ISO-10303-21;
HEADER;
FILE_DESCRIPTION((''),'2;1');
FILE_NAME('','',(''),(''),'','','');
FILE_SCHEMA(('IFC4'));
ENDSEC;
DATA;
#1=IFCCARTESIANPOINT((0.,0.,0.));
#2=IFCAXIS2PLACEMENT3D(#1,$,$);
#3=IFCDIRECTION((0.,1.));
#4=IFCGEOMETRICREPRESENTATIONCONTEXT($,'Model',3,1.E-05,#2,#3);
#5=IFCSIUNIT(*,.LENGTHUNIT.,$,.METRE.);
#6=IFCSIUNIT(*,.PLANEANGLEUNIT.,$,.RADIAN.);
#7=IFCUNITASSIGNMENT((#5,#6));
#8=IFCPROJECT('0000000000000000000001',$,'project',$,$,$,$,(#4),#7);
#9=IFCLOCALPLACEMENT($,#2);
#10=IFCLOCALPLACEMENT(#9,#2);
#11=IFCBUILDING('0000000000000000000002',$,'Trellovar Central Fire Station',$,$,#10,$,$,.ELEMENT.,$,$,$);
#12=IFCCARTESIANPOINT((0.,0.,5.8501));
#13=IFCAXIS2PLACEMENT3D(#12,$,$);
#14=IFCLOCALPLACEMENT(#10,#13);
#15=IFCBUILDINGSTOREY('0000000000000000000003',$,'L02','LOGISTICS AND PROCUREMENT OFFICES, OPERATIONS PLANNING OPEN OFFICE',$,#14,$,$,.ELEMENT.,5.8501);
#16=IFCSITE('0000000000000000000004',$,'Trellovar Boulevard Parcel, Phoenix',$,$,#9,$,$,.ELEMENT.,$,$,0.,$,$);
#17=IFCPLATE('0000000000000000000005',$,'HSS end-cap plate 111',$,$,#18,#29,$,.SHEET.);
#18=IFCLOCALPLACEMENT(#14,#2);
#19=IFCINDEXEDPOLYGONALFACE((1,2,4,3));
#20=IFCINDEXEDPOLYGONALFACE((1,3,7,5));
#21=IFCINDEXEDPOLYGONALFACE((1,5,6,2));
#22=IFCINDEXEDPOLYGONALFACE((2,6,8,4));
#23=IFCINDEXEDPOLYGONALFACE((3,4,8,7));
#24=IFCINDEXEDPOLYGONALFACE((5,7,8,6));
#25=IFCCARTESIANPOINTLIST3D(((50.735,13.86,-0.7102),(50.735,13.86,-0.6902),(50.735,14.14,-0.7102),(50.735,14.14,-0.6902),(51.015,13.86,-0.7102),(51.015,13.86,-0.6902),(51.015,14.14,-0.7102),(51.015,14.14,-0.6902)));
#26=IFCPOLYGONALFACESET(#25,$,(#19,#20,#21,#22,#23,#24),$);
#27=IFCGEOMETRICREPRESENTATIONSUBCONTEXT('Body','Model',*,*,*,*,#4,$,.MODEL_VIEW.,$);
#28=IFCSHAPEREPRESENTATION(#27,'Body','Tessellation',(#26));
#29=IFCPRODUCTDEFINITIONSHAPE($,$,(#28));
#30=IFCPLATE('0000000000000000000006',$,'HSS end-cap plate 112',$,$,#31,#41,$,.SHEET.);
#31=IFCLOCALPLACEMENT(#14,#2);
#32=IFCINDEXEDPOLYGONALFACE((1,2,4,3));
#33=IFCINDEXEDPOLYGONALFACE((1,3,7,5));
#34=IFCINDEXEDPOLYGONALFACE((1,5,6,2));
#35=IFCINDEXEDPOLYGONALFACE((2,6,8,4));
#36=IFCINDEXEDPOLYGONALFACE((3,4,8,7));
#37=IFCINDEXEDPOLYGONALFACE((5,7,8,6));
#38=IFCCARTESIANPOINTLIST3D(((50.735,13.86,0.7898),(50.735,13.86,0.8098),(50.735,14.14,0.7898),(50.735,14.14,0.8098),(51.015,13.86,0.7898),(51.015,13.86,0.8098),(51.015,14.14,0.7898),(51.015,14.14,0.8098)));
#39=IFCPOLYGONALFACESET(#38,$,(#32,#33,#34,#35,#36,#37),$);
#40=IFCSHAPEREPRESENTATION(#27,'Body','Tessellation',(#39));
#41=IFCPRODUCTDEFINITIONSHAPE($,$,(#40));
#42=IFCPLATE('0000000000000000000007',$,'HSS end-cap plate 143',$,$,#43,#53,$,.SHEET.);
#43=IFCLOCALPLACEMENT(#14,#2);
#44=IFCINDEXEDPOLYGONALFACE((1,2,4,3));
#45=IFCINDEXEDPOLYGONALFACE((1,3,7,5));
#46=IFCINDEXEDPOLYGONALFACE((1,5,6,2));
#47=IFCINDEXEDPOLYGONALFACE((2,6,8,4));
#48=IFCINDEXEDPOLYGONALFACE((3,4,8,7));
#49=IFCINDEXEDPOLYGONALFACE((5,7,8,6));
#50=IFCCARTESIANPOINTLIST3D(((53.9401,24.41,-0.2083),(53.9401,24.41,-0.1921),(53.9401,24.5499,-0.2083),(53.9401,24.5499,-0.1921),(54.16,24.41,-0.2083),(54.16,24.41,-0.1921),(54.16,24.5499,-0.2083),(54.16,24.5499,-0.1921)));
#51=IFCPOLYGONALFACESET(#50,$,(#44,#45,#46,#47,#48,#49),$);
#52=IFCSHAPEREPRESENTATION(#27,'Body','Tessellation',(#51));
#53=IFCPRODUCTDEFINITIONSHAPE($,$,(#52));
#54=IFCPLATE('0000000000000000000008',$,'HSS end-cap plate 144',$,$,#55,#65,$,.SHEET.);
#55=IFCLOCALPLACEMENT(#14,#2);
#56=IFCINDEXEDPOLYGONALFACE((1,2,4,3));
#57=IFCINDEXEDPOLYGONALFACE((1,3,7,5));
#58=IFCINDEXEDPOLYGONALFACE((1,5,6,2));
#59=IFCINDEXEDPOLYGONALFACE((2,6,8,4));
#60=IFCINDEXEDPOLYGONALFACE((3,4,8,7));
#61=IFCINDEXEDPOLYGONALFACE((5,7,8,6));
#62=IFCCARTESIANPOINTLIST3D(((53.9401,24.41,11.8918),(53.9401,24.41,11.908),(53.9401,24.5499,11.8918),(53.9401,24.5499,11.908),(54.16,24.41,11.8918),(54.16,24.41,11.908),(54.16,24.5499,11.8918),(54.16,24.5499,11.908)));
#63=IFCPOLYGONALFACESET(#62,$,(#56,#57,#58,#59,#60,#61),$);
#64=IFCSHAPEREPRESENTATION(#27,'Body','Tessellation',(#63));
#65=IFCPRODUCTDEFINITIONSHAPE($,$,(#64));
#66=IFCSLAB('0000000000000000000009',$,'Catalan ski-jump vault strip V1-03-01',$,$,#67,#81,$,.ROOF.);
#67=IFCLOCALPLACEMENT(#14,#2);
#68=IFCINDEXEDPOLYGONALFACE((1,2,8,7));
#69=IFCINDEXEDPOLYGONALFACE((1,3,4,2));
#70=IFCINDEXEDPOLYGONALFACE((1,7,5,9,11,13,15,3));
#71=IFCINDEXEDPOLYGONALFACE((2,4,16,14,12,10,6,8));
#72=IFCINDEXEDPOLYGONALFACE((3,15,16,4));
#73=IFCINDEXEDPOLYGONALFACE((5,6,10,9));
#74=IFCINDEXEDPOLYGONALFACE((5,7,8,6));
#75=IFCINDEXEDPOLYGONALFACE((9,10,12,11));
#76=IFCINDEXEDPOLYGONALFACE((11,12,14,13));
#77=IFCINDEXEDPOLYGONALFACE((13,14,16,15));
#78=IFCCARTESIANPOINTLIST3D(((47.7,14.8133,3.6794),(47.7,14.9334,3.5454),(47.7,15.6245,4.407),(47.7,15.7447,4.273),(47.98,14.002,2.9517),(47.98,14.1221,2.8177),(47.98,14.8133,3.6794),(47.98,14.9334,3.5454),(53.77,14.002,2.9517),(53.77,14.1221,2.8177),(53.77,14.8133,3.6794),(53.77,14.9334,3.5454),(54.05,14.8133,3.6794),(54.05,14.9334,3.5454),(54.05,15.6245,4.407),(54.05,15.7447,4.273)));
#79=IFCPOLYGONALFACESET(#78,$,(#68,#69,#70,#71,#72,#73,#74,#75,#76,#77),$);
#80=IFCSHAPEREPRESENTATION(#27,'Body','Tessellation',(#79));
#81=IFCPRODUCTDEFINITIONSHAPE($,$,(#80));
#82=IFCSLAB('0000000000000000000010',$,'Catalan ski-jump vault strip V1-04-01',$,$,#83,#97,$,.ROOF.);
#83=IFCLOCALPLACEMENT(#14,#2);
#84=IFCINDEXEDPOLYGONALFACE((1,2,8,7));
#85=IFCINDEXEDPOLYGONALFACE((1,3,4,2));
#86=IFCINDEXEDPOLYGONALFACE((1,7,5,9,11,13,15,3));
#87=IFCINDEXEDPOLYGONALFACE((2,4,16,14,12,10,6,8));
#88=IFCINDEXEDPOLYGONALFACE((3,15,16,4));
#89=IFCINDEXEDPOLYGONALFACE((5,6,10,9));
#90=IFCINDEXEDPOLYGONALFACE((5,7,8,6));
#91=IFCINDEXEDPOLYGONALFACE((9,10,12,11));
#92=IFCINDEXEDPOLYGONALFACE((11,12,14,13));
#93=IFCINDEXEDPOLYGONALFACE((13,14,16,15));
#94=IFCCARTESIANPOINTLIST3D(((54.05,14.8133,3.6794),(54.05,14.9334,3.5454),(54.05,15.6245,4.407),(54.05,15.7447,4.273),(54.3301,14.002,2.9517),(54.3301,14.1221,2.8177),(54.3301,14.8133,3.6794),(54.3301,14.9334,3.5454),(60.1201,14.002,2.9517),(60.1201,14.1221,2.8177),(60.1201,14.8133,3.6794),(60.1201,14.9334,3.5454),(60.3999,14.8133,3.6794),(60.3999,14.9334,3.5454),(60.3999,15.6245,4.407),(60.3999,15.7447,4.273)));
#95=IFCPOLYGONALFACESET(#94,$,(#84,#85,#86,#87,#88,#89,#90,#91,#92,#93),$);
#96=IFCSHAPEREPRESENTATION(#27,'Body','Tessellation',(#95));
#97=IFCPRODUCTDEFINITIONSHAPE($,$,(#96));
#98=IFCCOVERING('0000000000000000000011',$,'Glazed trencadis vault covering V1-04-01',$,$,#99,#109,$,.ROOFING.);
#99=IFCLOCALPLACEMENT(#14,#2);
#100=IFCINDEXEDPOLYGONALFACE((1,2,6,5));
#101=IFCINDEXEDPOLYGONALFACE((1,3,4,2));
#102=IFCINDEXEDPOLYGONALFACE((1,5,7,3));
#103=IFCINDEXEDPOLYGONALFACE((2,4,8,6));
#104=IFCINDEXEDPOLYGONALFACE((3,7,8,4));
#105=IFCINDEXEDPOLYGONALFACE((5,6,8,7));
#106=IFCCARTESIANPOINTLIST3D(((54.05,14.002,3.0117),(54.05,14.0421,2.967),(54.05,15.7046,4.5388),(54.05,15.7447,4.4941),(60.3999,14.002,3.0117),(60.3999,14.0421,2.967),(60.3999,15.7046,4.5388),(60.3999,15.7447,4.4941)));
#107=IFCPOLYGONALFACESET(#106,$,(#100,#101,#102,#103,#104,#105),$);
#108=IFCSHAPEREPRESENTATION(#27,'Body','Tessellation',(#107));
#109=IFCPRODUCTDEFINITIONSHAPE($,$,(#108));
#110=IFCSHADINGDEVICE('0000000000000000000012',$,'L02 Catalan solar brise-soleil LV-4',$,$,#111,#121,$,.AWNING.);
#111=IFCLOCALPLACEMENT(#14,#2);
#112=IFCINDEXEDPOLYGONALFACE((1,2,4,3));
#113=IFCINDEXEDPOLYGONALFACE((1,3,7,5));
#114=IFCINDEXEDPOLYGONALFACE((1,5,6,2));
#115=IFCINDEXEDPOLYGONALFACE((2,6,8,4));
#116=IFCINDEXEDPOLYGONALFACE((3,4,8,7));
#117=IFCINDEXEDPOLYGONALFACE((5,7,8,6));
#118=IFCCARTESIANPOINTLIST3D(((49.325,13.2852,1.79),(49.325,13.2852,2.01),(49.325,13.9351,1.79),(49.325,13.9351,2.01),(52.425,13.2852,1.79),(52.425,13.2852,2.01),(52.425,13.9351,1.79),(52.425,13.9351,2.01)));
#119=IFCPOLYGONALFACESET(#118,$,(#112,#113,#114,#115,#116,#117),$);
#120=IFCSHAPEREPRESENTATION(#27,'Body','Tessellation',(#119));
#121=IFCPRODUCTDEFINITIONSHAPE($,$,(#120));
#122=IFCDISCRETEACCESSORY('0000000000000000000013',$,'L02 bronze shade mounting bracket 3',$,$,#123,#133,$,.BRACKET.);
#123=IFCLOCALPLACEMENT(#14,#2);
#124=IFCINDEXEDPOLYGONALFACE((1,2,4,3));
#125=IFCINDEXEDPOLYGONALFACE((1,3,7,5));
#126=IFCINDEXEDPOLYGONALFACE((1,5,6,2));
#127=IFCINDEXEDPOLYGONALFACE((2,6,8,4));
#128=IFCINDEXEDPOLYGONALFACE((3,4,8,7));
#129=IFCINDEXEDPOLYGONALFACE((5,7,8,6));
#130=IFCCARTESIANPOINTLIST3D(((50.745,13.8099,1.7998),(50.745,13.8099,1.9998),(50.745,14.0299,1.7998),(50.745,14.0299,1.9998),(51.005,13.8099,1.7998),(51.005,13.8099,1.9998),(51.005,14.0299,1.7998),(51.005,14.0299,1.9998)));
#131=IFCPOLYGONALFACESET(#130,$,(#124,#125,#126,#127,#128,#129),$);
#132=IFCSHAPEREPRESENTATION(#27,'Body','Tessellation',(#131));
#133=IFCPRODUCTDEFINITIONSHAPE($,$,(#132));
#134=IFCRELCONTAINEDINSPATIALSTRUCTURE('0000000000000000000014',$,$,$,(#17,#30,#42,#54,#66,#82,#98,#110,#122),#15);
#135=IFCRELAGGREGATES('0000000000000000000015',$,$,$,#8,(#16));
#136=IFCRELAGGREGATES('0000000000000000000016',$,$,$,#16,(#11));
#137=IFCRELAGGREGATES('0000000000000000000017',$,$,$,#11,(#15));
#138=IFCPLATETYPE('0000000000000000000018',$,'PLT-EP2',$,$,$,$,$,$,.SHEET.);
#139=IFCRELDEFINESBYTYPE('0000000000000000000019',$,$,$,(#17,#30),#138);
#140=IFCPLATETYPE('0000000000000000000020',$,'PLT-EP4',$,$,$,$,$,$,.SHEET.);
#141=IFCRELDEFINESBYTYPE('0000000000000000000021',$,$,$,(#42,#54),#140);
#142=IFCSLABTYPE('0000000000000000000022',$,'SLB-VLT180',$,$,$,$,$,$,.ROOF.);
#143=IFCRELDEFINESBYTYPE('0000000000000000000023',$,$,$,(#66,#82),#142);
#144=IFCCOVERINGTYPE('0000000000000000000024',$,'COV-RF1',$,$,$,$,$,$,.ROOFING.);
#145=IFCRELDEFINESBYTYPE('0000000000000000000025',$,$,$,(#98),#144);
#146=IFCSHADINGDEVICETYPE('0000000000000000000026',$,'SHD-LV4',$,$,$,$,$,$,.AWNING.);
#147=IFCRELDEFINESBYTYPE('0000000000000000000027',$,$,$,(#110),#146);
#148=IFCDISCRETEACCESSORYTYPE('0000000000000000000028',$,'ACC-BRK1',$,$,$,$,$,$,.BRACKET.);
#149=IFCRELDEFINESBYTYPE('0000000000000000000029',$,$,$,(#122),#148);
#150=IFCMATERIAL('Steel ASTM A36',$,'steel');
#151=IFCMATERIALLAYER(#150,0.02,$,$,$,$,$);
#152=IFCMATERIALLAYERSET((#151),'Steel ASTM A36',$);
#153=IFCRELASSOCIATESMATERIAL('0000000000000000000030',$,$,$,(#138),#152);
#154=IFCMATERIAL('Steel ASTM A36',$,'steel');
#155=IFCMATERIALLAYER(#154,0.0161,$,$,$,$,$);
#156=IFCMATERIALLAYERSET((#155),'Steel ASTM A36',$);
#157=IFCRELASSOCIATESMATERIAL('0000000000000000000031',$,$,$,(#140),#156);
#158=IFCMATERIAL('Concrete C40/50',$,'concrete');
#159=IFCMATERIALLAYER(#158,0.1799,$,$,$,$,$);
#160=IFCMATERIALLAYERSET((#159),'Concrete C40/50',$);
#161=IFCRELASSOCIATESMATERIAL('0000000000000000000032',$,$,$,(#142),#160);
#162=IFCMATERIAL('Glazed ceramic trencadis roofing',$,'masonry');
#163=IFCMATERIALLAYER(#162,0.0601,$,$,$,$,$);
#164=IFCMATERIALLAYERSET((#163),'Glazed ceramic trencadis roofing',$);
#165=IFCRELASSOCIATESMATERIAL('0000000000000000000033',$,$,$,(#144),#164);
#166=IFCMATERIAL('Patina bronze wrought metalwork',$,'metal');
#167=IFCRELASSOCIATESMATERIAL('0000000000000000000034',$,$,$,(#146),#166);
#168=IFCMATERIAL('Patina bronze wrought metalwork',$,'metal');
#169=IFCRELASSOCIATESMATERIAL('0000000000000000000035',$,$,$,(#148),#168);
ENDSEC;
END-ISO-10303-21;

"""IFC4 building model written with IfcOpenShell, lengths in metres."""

from ifc_helpers import new_model, si_unit, direction, frame, origin, origin_2d, place, context, subcontext, project, spatial, polyline, rectangle, outline, extrude, material, layer, layer_set, type_object, element, save


model = new_model("IFC4")

# Units and contexts
model_context = context("Model", 3, precision=1e-05, world=origin(), true_north=direction((0.0, 1.0)))
body_context = subcontext(model_context, "Body", "Model", "MODEL_VIEW")
ifc_project = project(units=[si_unit("LENGTHUNIT", "METRE"), si_unit("PLANEANGLEUNIT", "RADIAN")], contexts=[model_context])

# Site, building, storey
site_placement = place(None, origin())
site = spatial("IfcSite", under=ifc_project, at=site_placement, Name="Trellovar Boulevard Parcel, Phoenix", CompositionType="ELEMENT", RefElevation=0.0)
building_placement = place(site_placement, origin())
building = spatial("IfcBuilding", under=site, at=building_placement, Name="Trellovar Central Fire Station", CompositionType="ELEMENT")
storey_placement = place(building_placement, frame((0.0, 0.0, 5.8501)))
storey = spatial("IfcBuildingStorey", under=building, at=storey_placement, Name="L02", Description="LOGISTICS AND PROCUREMENT OFFICES, OPERATIONS PLANNING OPEN OFFICE", CompositionType="ELEMENT", Elevation=5.8501)

# Plates
ifc_material_1 = material(Name="Steel ASTM A36", Category="steel")
ifc_layer_1 = layer(ifc_material_1, 0.02)
ifc_layer_set_1 = layer_set([ifc_layer_1], Name="Steel ASTM A36")
plate_type_1 = type_object("IfcPlateType", Name="PLT-EP2", PredefinedType="SHEET", material=ifc_layer_set_1)
for number, where, z_axis, x_axis, name in (
    (1, (50.875, 14.0, -0.7102), (0.0, 0.0, 1.0), (1.0, 0.0, 0.0), "HSS end-cap plate 111"),
    (2, (50.875, 14.0, 0.7898), (0.0, 0.0, 1.0), (1.0, 0.0, 0.0), "HSS end-cap plate 112"),
):
    element("IfcPlate", number, at=place(storey_placement, frame(where, z_axis=z_axis, x_axis=x_axis)), inside=storey, type_object=plate_type_1, Name=name, PredefinedType="SHEET", context=body_context, shape_type="SweptSolid", body=[
        extrude(rectangle(XDim=0.28, YDim=0.28, at=origin_2d()), origin(), (0.0, 0.0, 1.0), 0.02),
    ])
ifc_material_2 = material(Name="Steel ASTM A36", Category="steel")
ifc_layer_2 = layer(ifc_material_2, 0.0161)
ifc_layer_set_2 = layer_set([ifc_layer_2], Name="Steel ASTM A36")
plate_type_2 = type_object("IfcPlateType", Name="PLT-EP4", PredefinedType="SHEET", material=ifc_layer_set_2)
for number, where, z_axis, x_axis, name in (
    (3, (54.05, 24.48, -0.2083), (0.0, 0.0, 1.0), (1.0, 0.0, 0.0), "HSS end-cap plate 143"),
    (4, (54.05, 24.48, 11.8918), (0.0, 0.0, 1.0), (1.0, 0.0, 0.0), "HSS end-cap plate 144"),
):
    element("IfcPlate", number, at=place(storey_placement, frame(where, z_axis=z_axis, x_axis=x_axis)), inside=storey, type_object=plate_type_2, Name=name, PredefinedType="SHEET", context=body_context, shape_type="SweptSolid", body=[
        extrude(rectangle(XDim=0.22, YDim=0.1399, at=origin_2d()), origin(), (0.0, 0.0, 1.0), 0.0161),
    ])

# Slabs
ifc_material_3 = material(Name="Concrete C40/50", Category="concrete")
ifc_layer_3 = layer(ifc_material_3, 0.1799)
ifc_layer_set_3 = layer_set([ifc_layer_3], Name="Concrete C40/50")
slab_type = type_object("IfcSlabType", Name="SLB-VLT180", PredefinedType="ROOF", material=ifc_layer_set_3)
slab_1_placement = place(storey_placement, frame((47.98, 14.002, 2.9517), z_axis=(0.0, -0.667698, 0.744432), x_axis=(1.0, 0.0, 0.0)))
element("IfcSlab", 5, at=slab_1_placement, inside=storey, type_object=slab_type, Name="Catalan ski-jump vault strip V1-03-01", PredefinedType="ROOF", context=body_context, shape_type="SweptSolid", body=[
    extrude(outline(polyline([(0.0, 0.0), (5.79, 0.0), (5.79, 1.0899), (6.0701, 1.0899), (6.0701, 2.1796), (-0.28, 2.1796), (-0.28, 1.0899), (0.0, 1.0899), (0.0, 0.0)])), origin(), (0.0, 0.0, -1.0), 0.1799),
])
slab_2_placement = place(storey_placement, frame((54.3301, 14.002, 2.9517), z_axis=(0.0, -0.667698, 0.744432), x_axis=(1.0, 0.0, 0.0)))
element("IfcSlab", 6, at=slab_2_placement, inside=storey, type_object=slab_type, Name="Catalan ski-jump vault strip V1-04-01", PredefinedType="ROOF", context=body_context, shape_type="SweptSolid", body=[
    extrude(outline(polyline([(0.0, 0.0), (5.79, 0.0), (5.79, 1.0899), (6.0698, 1.0899), (6.0698, 2.1796), (-0.28, 2.1796), (-0.28, 1.0899), (0.0, 1.0899), (0.0, 0.0)])), origin(), (0.0, 0.0, -1.0), 0.1799),
])

# Covering
ifc_material_4 = material(Name="Glazed ceramic trencadis roofing", Category="masonry")
ifc_layer_4 = layer(ifc_material_4, 0.0601)
ifc_layer_set_4 = layer_set([ifc_layer_4], Name="Glazed ceramic trencadis roofing")
covering_type = type_object("IfcCoveringType", Name="COV-RF1", PredefinedType="ROOFING", material=ifc_layer_set_4)
covering_placement = place(storey_placement, frame((54.05, 14.002, 3.0117), z_axis=(0.0, -0.66769, 0.74444), x_axis=(1.0, 0.0, 0.0)))
element("IfcCovering", 7, at=covering_placement, inside=storey, type_object=covering_type, Name="Glazed trencadis vault covering V1-04-01", PredefinedType="ROOFING", context=body_context, shape_type="SweptSolid", body=[
    extrude(outline(polyline([(0.0, 0.0), (6.3499, 0.0), (6.3499, 2.2871), (0.0, 2.2871), (0.0, 0.0)])), origin(), (0.0, 0.0, -1.0), 0.0601),
])

# Shading device
ifc_material_5 = material(Name="Patina bronze wrought metalwork", Category="metal")
shading_device_type = type_object("IfcShadingDeviceType", Name="SHD-LV4", PredefinedType="AWNING", material=ifc_material_5)
shading_device_placement = place(storey_placement, frame((50.875, 13.6101, 1.79), z_axis=(0.0, 0.0, 1.0), x_axis=(1.0, 0.0, 0.0)))
element("IfcShadingDevice", 8, at=shading_device_placement, inside=storey, type_object=shading_device_type, Name="L02 Catalan solar brise-soleil LV-4", PredefinedType="AWNING", context=body_context, shape_type="SweptSolid", body=[
    extrude(rectangle(XDim=3.1001, YDim=0.6499, at=origin_2d()), origin(), (0.0, 0.0, 1.0), 0.22),
])

# Discrete accessory
ifc_material_6 = material(Name="Patina bronze wrought metalwork", Category="metal")
discrete_accessory_type = type_object("IfcDiscreteAccessoryType", Name="ACC-BRK1", PredefinedType="BRACKET", material=ifc_material_6)
discrete_accessory_placement = place(storey_placement, frame((50.875, 13.9199, 1.7998), z_axis=(0.0, 0.0, 1.0), x_axis=(1.0, 0.0, 0.0)))
element("IfcDiscreteAccessory", 9, at=discrete_accessory_placement, inside=storey, type_object=discrete_accessory_type, Name="L02 bronze shade mounting bracket 3", PredefinedType="BRACKET", context=body_context, shape_type="SweptSolid", body=[
    extrude(rectangle(XDim=0.26, YDim=0.22, at=origin_2d()), origin(), (0.0, 0.0, 1.0), 0.2),
])

save(model, "model.ifc")
